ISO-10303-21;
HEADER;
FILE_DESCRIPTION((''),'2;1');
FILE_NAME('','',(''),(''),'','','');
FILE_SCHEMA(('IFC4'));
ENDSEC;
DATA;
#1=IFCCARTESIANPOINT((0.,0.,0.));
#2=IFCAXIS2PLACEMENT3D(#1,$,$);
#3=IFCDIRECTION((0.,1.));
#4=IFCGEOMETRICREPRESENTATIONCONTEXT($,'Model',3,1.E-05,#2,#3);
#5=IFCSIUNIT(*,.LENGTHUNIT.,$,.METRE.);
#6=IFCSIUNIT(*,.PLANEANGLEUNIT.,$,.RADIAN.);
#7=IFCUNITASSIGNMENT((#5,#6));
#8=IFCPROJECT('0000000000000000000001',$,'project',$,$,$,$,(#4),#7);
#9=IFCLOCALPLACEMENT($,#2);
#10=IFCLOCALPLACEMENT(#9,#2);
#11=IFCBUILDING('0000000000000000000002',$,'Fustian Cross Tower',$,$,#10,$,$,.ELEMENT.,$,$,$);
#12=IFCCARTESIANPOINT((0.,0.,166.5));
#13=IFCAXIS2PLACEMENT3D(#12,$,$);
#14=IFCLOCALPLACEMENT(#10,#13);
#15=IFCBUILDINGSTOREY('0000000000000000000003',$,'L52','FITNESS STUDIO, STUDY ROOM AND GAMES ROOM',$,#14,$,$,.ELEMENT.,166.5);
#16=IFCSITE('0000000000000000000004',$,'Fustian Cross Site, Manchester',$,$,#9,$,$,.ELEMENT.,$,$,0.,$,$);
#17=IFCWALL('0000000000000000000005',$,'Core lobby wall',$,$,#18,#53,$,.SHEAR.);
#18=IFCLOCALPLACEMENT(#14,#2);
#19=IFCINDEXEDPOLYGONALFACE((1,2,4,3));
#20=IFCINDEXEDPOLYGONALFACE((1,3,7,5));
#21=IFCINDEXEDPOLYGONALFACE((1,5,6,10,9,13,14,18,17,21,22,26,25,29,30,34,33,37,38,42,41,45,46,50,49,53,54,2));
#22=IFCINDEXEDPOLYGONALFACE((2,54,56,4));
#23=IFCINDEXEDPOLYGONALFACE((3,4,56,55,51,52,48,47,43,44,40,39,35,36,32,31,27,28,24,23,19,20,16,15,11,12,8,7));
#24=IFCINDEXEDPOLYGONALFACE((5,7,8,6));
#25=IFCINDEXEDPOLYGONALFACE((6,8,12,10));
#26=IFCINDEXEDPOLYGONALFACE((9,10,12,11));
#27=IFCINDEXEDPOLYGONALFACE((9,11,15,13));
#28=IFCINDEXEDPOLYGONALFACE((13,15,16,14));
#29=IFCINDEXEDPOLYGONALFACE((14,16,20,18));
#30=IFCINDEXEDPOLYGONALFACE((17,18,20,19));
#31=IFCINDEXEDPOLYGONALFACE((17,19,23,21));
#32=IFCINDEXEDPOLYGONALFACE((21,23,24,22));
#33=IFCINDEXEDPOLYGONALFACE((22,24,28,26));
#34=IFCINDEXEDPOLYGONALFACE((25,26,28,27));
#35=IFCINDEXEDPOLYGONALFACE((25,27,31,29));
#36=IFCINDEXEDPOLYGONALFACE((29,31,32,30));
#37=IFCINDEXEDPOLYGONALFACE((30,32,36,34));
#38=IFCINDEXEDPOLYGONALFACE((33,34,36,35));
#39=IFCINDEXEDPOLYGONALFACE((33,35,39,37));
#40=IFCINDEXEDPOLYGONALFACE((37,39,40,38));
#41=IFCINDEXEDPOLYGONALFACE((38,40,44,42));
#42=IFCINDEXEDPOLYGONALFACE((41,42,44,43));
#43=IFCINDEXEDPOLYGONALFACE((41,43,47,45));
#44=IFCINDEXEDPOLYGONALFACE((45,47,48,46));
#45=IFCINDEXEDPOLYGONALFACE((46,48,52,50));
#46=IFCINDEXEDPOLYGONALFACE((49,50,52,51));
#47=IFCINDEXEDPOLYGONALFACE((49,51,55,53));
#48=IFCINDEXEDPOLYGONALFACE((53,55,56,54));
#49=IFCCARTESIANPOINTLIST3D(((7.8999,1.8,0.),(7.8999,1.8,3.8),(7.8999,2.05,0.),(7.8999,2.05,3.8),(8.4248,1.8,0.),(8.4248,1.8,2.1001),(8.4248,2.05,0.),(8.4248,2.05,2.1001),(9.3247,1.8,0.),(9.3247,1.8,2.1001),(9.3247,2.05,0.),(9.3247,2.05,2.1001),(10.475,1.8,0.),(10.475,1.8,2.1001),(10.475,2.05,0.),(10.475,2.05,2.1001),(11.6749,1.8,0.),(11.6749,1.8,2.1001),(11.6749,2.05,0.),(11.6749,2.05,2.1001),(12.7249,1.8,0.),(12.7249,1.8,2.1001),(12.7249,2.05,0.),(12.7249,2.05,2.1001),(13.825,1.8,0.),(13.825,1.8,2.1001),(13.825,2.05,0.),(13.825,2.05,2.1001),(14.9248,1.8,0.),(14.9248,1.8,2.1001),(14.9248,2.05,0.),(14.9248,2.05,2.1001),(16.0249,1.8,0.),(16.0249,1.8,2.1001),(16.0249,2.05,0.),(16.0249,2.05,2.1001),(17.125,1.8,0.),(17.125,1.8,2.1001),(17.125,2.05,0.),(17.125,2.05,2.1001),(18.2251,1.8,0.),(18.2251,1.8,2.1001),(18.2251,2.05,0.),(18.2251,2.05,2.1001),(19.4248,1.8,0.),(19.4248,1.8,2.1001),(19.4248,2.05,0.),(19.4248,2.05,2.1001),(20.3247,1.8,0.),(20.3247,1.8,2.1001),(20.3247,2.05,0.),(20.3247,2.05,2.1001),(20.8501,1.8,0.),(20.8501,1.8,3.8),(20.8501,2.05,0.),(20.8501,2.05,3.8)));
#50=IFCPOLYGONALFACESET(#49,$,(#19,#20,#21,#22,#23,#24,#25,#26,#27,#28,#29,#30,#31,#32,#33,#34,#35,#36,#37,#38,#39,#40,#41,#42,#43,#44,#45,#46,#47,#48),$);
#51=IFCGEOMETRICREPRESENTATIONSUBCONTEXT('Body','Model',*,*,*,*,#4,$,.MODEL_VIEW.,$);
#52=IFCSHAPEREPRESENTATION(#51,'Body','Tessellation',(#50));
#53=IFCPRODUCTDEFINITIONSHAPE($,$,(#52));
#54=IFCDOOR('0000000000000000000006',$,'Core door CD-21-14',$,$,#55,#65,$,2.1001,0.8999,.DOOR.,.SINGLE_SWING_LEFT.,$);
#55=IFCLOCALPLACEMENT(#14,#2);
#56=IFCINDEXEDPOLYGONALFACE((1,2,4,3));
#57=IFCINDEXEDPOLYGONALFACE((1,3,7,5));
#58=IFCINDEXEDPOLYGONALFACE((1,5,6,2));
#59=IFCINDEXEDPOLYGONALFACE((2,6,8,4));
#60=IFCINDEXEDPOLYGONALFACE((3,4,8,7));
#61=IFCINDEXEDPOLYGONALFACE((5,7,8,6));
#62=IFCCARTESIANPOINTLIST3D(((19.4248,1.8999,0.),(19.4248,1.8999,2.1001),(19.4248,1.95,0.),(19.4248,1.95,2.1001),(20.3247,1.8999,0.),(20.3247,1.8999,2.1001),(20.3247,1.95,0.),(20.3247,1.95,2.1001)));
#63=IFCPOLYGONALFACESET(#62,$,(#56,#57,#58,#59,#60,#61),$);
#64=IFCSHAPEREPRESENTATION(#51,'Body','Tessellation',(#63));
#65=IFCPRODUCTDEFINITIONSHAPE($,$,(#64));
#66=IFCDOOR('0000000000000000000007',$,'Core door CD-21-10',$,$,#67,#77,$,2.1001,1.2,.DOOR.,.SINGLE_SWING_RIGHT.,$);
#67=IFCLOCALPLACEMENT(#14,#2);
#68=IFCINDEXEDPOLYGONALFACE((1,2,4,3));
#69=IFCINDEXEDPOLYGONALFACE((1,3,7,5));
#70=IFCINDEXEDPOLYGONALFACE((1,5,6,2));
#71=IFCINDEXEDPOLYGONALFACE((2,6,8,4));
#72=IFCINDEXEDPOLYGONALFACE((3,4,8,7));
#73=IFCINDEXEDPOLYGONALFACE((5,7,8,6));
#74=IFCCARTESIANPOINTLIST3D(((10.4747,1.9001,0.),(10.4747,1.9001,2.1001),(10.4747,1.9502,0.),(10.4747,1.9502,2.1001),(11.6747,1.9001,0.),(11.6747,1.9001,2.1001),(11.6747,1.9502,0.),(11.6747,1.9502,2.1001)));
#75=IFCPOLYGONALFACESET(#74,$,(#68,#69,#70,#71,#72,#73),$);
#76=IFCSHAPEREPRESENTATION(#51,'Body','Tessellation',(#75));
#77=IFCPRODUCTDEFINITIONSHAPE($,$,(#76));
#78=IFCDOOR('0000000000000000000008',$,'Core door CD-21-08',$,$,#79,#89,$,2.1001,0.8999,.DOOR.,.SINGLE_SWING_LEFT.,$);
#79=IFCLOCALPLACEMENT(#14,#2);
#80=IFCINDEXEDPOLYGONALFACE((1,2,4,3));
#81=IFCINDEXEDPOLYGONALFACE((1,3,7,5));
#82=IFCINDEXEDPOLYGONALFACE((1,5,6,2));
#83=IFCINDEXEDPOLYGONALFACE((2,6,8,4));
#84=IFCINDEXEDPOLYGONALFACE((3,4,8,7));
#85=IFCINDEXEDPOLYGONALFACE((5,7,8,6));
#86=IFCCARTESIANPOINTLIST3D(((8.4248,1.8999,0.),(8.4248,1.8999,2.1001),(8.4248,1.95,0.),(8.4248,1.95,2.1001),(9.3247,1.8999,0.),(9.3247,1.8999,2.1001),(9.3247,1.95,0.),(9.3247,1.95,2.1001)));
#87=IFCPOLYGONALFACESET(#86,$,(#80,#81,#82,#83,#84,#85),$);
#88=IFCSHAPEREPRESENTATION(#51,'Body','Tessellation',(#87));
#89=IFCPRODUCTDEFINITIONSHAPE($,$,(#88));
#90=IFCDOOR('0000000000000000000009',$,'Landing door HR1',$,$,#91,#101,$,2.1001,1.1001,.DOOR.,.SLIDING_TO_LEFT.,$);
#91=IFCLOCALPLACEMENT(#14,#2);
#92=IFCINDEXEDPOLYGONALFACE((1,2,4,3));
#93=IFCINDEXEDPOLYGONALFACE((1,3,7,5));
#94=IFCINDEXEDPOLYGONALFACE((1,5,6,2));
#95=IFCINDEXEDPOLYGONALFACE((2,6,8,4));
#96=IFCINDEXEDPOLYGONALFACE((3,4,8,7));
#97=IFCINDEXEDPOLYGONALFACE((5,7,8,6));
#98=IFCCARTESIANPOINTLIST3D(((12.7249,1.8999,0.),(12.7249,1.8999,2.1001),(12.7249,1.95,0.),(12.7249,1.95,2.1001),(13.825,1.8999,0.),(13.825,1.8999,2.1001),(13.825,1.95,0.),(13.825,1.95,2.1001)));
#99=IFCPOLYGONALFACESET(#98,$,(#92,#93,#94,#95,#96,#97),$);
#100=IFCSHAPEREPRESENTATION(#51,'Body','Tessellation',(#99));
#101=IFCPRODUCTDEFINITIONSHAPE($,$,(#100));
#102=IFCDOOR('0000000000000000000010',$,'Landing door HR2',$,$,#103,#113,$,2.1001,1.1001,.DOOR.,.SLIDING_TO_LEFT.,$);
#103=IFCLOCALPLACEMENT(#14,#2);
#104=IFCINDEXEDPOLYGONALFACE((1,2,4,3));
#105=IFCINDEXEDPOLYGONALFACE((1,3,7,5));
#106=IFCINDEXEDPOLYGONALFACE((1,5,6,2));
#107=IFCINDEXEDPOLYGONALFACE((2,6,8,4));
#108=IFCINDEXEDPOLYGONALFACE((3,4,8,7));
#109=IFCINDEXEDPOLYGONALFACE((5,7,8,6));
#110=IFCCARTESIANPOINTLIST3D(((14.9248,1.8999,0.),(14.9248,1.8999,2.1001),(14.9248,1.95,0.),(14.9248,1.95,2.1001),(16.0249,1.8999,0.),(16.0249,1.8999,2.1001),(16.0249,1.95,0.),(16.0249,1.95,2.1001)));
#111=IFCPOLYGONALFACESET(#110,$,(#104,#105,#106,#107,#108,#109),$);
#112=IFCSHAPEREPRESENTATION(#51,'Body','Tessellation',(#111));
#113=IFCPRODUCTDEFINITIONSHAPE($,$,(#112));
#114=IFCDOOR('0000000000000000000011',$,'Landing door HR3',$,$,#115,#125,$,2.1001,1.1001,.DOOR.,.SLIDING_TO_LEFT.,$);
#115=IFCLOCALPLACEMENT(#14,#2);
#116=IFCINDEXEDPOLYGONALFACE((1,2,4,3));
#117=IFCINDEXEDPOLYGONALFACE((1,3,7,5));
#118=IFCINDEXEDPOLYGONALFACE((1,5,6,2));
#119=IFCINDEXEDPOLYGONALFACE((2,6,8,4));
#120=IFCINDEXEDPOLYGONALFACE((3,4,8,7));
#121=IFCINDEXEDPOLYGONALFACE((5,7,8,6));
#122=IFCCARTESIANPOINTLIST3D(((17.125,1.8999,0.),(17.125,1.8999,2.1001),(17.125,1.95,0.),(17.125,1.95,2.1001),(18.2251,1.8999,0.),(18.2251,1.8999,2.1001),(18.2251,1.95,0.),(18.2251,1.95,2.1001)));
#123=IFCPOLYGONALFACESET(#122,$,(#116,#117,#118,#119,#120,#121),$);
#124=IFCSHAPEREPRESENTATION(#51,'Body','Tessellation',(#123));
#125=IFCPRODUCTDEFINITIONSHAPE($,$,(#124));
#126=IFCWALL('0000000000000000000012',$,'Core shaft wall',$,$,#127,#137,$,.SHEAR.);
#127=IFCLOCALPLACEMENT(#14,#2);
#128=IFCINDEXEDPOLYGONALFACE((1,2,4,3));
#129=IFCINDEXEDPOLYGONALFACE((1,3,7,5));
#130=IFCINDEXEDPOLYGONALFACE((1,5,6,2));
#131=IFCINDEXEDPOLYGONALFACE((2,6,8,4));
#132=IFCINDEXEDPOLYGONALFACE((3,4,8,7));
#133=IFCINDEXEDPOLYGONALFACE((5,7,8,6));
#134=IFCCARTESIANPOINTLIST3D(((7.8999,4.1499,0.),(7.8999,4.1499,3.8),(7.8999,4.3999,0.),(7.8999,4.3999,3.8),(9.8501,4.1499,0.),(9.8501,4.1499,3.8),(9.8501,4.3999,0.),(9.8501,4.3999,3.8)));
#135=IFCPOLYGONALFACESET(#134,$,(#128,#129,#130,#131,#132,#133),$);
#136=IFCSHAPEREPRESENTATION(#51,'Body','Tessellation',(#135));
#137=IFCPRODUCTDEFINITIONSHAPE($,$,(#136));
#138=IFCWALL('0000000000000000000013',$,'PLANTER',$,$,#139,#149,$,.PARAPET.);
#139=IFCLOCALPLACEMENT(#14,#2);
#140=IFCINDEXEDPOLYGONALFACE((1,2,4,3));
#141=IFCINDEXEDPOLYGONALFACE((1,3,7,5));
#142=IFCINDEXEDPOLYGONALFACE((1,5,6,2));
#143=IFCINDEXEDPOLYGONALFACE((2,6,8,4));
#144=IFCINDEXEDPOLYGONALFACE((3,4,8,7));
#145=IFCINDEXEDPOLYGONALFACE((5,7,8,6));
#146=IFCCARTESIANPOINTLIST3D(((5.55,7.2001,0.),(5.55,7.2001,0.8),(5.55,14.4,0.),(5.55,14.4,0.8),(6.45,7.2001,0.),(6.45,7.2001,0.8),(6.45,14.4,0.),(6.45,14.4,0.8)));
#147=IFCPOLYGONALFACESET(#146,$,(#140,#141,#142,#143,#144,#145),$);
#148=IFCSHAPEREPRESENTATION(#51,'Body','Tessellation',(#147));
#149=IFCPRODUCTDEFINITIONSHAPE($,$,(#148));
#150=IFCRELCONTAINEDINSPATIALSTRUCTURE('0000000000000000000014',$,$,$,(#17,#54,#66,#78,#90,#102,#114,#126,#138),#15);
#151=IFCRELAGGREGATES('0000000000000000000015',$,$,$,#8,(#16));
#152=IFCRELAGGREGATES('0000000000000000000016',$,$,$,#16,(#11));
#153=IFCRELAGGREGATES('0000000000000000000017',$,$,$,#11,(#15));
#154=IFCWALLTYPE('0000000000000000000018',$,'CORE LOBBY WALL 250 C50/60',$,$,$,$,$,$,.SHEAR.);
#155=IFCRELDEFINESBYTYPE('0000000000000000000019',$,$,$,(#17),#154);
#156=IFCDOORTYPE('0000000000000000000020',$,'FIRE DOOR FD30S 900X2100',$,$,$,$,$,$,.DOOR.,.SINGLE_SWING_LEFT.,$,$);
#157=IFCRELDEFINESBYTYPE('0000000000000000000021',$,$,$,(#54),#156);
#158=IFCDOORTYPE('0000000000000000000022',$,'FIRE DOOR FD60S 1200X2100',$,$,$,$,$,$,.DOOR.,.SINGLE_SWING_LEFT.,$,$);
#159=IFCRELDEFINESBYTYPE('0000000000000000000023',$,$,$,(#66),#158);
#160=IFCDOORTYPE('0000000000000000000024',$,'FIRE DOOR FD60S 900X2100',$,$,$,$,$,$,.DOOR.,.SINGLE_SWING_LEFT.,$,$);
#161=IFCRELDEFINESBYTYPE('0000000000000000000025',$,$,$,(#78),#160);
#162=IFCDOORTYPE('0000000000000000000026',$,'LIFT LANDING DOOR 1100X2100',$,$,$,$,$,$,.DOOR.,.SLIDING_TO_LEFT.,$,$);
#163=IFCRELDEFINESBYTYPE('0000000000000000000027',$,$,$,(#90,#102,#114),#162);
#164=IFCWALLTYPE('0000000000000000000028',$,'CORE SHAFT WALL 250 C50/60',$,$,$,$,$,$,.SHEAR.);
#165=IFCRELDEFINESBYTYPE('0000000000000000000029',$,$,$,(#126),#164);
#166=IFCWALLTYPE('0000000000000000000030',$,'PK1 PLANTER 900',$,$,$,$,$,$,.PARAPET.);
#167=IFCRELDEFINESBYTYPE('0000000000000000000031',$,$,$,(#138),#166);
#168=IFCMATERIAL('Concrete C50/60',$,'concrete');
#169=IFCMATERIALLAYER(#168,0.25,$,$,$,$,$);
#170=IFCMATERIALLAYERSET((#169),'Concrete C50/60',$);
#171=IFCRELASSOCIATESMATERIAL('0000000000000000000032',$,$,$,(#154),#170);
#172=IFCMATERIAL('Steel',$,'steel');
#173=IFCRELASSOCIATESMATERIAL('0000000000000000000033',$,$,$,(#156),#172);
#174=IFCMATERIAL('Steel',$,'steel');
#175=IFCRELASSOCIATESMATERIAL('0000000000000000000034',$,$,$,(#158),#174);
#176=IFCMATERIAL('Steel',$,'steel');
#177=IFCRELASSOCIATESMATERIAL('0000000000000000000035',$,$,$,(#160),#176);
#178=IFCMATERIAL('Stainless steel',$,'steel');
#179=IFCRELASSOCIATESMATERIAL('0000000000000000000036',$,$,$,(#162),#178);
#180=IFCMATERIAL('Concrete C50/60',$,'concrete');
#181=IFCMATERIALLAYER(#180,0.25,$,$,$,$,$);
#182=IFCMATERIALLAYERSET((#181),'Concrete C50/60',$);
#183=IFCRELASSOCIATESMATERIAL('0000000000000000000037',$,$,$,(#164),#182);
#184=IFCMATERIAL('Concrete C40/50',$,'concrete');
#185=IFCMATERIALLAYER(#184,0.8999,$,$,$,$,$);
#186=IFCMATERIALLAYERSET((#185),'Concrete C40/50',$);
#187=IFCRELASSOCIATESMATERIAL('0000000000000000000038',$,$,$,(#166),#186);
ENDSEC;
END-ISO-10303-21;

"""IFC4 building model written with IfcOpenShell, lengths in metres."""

from ifc_helpers import new_model, si_unit, direction, frame, frame_2d, origin, place, context, subcontext, project, spatial, rectangle, extrude, material, layer, layer_set, type_object, element, fill, save


model = new_model("IFC4")

# Units and contexts
model_context = context("Model", 3, precision=1e-05, world=origin(), true_north=direction((0.0, 1.0)))
body_context = subcontext(model_context, "Body", "Model", "MODEL_VIEW")
ifc_project = project(units=[si_unit("LENGTHUNIT", "METRE"), si_unit("PLANEANGLEUNIT", "RADIAN")], contexts=[model_context])

# Site, building, storey
site_placement = place(None, origin())
site = spatial("IfcSite", under=ifc_project, at=site_placement, Name="Fustian Cross Site, Manchester", CompositionType="ELEMENT", RefElevation=0.0)
building_placement = place(site_placement, origin())
building = spatial("IfcBuilding", under=site, at=building_placement, Name="Fustian Cross Tower", CompositionType="ELEMENT")
storey_placement = place(building_placement, frame((0.0, 0.0, 166.5)))
storey = spatial("IfcBuildingStorey", under=building, at=storey_placement, Name="L52", Description="FITNESS STUDIO, STUDY ROOM AND GAMES ROOM", CompositionType="ELEMENT", Elevation=166.5)

# Wall, openings, doors
ifc_material_1 = material(Name="Concrete C50/60", Category="concrete")
ifc_layer_1 = layer(ifc_material_1, 0.25)
ifc_layer_set_1 = layer_set([ifc_layer_1], Name="Concrete C50/60")
wall_type_1 = type_object("IfcWallType", Name="CORE LOBBY WALL 250 C50/60", PredefinedType="SHEAR", material=ifc_layer_set_1)
wall_1_placement = place(storey_placement, frame((7.8999, 1.925, 0.0), z_axis=(0.0, 0.0, 1.0), x_axis=(1.0, 0.0, 0.0)))
wall_1 = element("IfcWall", 1, at=wall_1_placement, inside=storey, type_object=wall_type_1, Name="Core lobby wall", PredefinedType="SHEAR", context=body_context, shape_type="SweptSolid", body=[
    extrude(rectangle(XDim=12.9502, YDim=0.25, at=frame_2d((6.4751, 0.0))), origin(), (0.0, 0.0, 1.0), 3.8),
])
opening_1_placement = place(wall_1_placement, frame((4.825, 0.0, 0.0)))
opening_1 = element("IfcOpeningElement", 2, at=opening_1_placement, cuts=wall_1, PredefinedType="OPENING", context=body_context, shape_type="SweptSolid", body=[
    extrude(rectangle(XDim=1.1001, YDim=2.1001, at=frame_2d((0.55, 1.05))), frame((0.0, 0.135, 0.0), z_axis=(0.0, -1.0, 0.0), x_axis=(1.0, 0.0, 0.0)), (0.0, 0.0, 1.0), 0.27),
])
opening_2_placement = place(wall_1_placement, frame((7.0249, 0.0, 0.0)))
opening_2 = element("IfcOpeningElement", 3, at=opening_2_placement, cuts=wall_1, PredefinedType="OPENING", context=body_context, shape_type="SweptSolid", body=[
    extrude(rectangle(XDim=1.1001, YDim=2.1001, at=frame_2d((0.55, 1.05))), frame((0.0, 0.135, 0.0), z_axis=(0.0, -1.0, 0.0), x_axis=(1.0, 0.0, 0.0)), (0.0, 0.0, 1.0), 0.27),
])
opening_3_placement = place(wall_1_placement, frame((9.2251, 0.0, 0.0)))
opening_3 = element("IfcOpeningElement", 4, at=opening_3_placement, cuts=wall_1, PredefinedType="OPENING", context=body_context, shape_type="SweptSolid", body=[
    extrude(rectangle(XDim=1.1001, YDim=2.1001, at=frame_2d((0.55, 1.05))), frame((0.0, 0.135, 0.0), z_axis=(0.0, -1.0, 0.0), x_axis=(1.0, 0.0, 0.0)), (0.0, 0.0, 1.0), 0.27),
])
opening_4_placement = place(wall_1_placement, frame((0.5249, 0.0, 0.0)))
opening_4 = element("IfcOpeningElement", 5, at=opening_4_placement, cuts=wall_1, PredefinedType="OPENING", context=body_context, shape_type="SweptSolid", body=[
    extrude(rectangle(XDim=0.8999, YDim=2.1001, at=frame_2d((0.45, 1.05))), frame((0.0, 0.135, 0.0), z_axis=(0.0, -1.0, 0.0), x_axis=(1.0, 0.0, 0.0)), (0.0, 0.0, 1.0), 0.27),
])
opening_5_placement = place(wall_1_placement, frame((2.575, 0.0, 0.0)))
opening_5 = element("IfcOpeningElement", 6, at=opening_5_placement, cuts=wall_1, PredefinedType="OPENING", context=body_context, shape_type="SweptSolid", body=[
    extrude(rectangle(XDim=1.2, YDim=2.1001, at=frame_2d((0.6001, 1.05))), frame((0.0, 0.135, 0.0), z_axis=(0.0, -1.0, 0.0), x_axis=(1.0, 0.0, 0.0)), (0.0, 0.0, 1.0), 0.27),
])
opening_6_placement = place(wall_1_placement, frame((11.5249, 0.0, 0.0)))
opening_6 = element("IfcOpeningElement", 7, at=opening_6_placement, cuts=wall_1, PredefinedType="OPENING", context=body_context, shape_type="SweptSolid", body=[
    extrude(rectangle(XDim=0.8999, YDim=2.1001, at=frame_2d((0.45, 1.05))), frame((0.0, 0.135, 0.0), z_axis=(0.0, -1.0, 0.0), x_axis=(1.0, 0.0, 0.0)), (0.0, 0.0, 1.0), 0.27),
])
ifc_material_2 = material(Name="Steel", Category="steel")
door_type_1 = type_object("IfcDoorType", Name="FIRE DOOR FD30S 900X2100", OperationType="SINGLE_SWING_LEFT", PredefinedType="DOOR", material=ifc_material_2)
door_1_placement = place(opening_6_placement, origin())
door_1 = element("IfcDoor", 8, at=door_1_placement, inside=storey, type_object=door_type_1, Name="Core door CD-21-14", OperationType="SINGLE_SWING_LEFT", OverallHeight=2.1001, OverallWidth=0.8999, PredefinedType="DOOR", context=body_context, shape_type="SweptSolid", body=[
    extrude(rectangle(XDim=0.8999, YDim=2.1001, at=frame_2d((0.45, 1.05))), frame((0.0, 0.0249, 0.0), z_axis=(0.0, -1.0, 0.0), x_axis=(1.0, 0.0, 0.0)), (0.0, 0.0, 1.0), 0.05),
])
fill(opening_6, door_1)
ifc_material_3 = material(Name="Steel", Category="steel")
door_type_2 = type_object("IfcDoorType", Name="FIRE DOOR FD60S 1200X2100", OperationType="SINGLE_SWING_LEFT", PredefinedType="DOOR", material=ifc_material_3)
door_2_placement = place(opening_5_placement, frame((1.2, 0.0, 0.0), z_axis=(0.0, 0.0, 1.0), x_axis=(-1.0, 0.0, 0.0)))
door_2 = element("IfcDoor", 9, at=door_2_placement, inside=storey, type_object=door_type_2, Name="Core door CD-21-10", OperationType="SINGLE_SWING_RIGHT", OverallHeight=2.1001, OverallWidth=1.2, PredefinedType="DOOR", context=body_context, shape_type="SweptSolid", body=[
    extrude(rectangle(XDim=1.2, YDim=2.1001, at=frame_2d((0.6001, 1.05))), frame((0.0, 0.0249, 0.0), z_axis=(0.0, -1.0, 0.0), x_axis=(1.0, 0.0, 0.0)), (0.0, 0.0, 1.0), 0.05),
])
fill(opening_5, door_2)
ifc_material_4 = material(Name="Steel", Category="steel")
door_type_3 = type_object("IfcDoorType", Name="FIRE DOOR FD60S 900X2100", OperationType="SINGLE_SWING_LEFT", PredefinedType="DOOR", material=ifc_material_4)
door_3_placement = place(opening_4_placement, origin())
door_3 = element("IfcDoor", 10, at=door_3_placement, inside=storey, type_object=door_type_3, Name="Core door CD-21-08", OperationType="SINGLE_SWING_LEFT", OverallHeight=2.1001, OverallWidth=0.8999, PredefinedType="DOOR", context=body_context, shape_type="SweptSolid", body=[
    extrude(rectangle(XDim=0.8999, YDim=2.1001, at=frame_2d((0.45, 1.05))), frame((0.0, 0.0249, 0.0), z_axis=(0.0, -1.0, 0.0), x_axis=(1.0, 0.0, 0.0)), (0.0, 0.0, 1.0), 0.05),
])
fill(opening_4, door_3)
ifc_material_5 = material(Name="Stainless steel", Category="steel")
door_type_4 = type_object("IfcDoorType", Name="LIFT LANDING DOOR 1100X2100", OperationType="SLIDING_TO_LEFT", PredefinedType="DOOR", material=ifc_material_5)
door_4_placement = place(opening_1_placement, origin())
door_4 = element("IfcDoor", 11, at=door_4_placement, inside=storey, type_object=door_type_4, Name="Landing door HR1", OperationType="SLIDING_TO_LEFT", OverallHeight=2.1001, OverallWidth=1.1001, PredefinedType="DOOR", context=body_context, shape_type="SweptSolid", body=[
    extrude(rectangle(XDim=1.1001, YDim=2.1001, at=frame_2d((0.55, 1.05))), frame((0.0, 0.0249, 0.0), z_axis=(0.0, -1.0, 0.0), x_axis=(1.0, 0.0, 0.0)), (0.0, 0.0, 1.0), 0.05),
])
fill(opening_1, door_4)
door_5_placement = place(opening_2_placement, origin())
door_5 = element("IfcDoor", 12, at=door_5_placement, inside=storey, type_object=door_type_4, Name="Landing door HR2", OperationType="SLIDING_TO_LEFT", OverallHeight=2.1001, OverallWidth=1.1001, PredefinedType="DOOR", context=body_context, shape_type="SweptSolid", body=[
    extrude(rectangle(XDim=1.1001, YDim=2.1001, at=frame_2d((0.55, 1.05))), frame((0.0, 0.0249, 0.0), z_axis=(0.0, -1.0, 0.0), x_axis=(1.0, 0.0, 0.0)), (0.0, 0.0, 1.0), 0.05),
])
fill(opening_2, door_5)
door_6_placement = place(opening_3_placement, origin())
door_6 = element("IfcDoor", 13, at=door_6_placement, inside=storey, type_object=door_type_4, Name="Landing door HR3", OperationType="SLIDING_TO_LEFT", OverallHeight=2.1001, OverallWidth=1.1001, PredefinedType="DOOR", context=body_context, shape_type="SweptSolid", body=[
    extrude(rectangle(XDim=1.1001, YDim=2.1001, at=frame_2d((0.55, 1.05))), frame((0.0, 0.0249, 0.0), z_axis=(0.0, -1.0, 0.0), x_axis=(1.0, 0.0, 0.0)), (0.0, 0.0, 1.0), 0.05),
])
fill(opening_3, door_6)

# Walls
ifc_material_6 = material(Name="Concrete C50/60", Category="concrete")
ifc_layer_2 = layer(ifc_material_6, 0.25)
ifc_layer_set_2 = layer_set([ifc_layer_2], Name="Concrete C50/60")
wall_type_2 = type_object("IfcWallType", Name="CORE SHAFT WALL 250 C50/60", PredefinedType="SHEAR", material=ifc_layer_set_2)
wall_2_placement = place(storey_placement, frame((7.8999, 4.2749, 0.0), z_axis=(0.0, 0.0, 1.0), x_axis=(1.0, 0.0, 0.0)))
element("IfcWall", 14, at=wall_2_placement, inside=storey, type_object=wall_type_2, Name="Core shaft wall", PredefinedType="SHEAR", context=body_context, shape_type="SweptSolid", body=[
    extrude(rectangle(XDim=1.9502, YDim=0.25, at=frame_2d((0.9751, 0.0))), origin(), (0.0, 0.0, 1.0), 3.8),
])
ifc_material_7 = material(Name="Concrete C40/50", Category="concrete")
ifc_layer_3 = layer(ifc_material_7, 0.8999)
ifc_layer_set_3 = layer_set([ifc_layer_3], Name="Concrete C40/50")
wall_type_3 = type_object("IfcWallType", Name="PK1 PLANTER 900", PredefinedType="PARAPET", material=ifc_layer_set_3)
wall_3_placement = place(storey_placement, frame((6.0, 7.2, 0.0), z_axis=(0.0, 0.0, 1.0), x_axis=(0.0, 1.0, 0.0)))
element("IfcWall", 15, at=wall_3_placement, inside=storey, type_object=wall_type_3, Name="PLANTER", PredefinedType="PARAPET", context=body_context, shape_type="SweptSolid", body=[
    extrude(rectangle(XDim=7.2, YDim=0.8999, at=frame_2d((3.6001, 0.0))), origin(), (0.0, 0.0, 1.0), 0.8),
])

save(model, "model.ifc")
